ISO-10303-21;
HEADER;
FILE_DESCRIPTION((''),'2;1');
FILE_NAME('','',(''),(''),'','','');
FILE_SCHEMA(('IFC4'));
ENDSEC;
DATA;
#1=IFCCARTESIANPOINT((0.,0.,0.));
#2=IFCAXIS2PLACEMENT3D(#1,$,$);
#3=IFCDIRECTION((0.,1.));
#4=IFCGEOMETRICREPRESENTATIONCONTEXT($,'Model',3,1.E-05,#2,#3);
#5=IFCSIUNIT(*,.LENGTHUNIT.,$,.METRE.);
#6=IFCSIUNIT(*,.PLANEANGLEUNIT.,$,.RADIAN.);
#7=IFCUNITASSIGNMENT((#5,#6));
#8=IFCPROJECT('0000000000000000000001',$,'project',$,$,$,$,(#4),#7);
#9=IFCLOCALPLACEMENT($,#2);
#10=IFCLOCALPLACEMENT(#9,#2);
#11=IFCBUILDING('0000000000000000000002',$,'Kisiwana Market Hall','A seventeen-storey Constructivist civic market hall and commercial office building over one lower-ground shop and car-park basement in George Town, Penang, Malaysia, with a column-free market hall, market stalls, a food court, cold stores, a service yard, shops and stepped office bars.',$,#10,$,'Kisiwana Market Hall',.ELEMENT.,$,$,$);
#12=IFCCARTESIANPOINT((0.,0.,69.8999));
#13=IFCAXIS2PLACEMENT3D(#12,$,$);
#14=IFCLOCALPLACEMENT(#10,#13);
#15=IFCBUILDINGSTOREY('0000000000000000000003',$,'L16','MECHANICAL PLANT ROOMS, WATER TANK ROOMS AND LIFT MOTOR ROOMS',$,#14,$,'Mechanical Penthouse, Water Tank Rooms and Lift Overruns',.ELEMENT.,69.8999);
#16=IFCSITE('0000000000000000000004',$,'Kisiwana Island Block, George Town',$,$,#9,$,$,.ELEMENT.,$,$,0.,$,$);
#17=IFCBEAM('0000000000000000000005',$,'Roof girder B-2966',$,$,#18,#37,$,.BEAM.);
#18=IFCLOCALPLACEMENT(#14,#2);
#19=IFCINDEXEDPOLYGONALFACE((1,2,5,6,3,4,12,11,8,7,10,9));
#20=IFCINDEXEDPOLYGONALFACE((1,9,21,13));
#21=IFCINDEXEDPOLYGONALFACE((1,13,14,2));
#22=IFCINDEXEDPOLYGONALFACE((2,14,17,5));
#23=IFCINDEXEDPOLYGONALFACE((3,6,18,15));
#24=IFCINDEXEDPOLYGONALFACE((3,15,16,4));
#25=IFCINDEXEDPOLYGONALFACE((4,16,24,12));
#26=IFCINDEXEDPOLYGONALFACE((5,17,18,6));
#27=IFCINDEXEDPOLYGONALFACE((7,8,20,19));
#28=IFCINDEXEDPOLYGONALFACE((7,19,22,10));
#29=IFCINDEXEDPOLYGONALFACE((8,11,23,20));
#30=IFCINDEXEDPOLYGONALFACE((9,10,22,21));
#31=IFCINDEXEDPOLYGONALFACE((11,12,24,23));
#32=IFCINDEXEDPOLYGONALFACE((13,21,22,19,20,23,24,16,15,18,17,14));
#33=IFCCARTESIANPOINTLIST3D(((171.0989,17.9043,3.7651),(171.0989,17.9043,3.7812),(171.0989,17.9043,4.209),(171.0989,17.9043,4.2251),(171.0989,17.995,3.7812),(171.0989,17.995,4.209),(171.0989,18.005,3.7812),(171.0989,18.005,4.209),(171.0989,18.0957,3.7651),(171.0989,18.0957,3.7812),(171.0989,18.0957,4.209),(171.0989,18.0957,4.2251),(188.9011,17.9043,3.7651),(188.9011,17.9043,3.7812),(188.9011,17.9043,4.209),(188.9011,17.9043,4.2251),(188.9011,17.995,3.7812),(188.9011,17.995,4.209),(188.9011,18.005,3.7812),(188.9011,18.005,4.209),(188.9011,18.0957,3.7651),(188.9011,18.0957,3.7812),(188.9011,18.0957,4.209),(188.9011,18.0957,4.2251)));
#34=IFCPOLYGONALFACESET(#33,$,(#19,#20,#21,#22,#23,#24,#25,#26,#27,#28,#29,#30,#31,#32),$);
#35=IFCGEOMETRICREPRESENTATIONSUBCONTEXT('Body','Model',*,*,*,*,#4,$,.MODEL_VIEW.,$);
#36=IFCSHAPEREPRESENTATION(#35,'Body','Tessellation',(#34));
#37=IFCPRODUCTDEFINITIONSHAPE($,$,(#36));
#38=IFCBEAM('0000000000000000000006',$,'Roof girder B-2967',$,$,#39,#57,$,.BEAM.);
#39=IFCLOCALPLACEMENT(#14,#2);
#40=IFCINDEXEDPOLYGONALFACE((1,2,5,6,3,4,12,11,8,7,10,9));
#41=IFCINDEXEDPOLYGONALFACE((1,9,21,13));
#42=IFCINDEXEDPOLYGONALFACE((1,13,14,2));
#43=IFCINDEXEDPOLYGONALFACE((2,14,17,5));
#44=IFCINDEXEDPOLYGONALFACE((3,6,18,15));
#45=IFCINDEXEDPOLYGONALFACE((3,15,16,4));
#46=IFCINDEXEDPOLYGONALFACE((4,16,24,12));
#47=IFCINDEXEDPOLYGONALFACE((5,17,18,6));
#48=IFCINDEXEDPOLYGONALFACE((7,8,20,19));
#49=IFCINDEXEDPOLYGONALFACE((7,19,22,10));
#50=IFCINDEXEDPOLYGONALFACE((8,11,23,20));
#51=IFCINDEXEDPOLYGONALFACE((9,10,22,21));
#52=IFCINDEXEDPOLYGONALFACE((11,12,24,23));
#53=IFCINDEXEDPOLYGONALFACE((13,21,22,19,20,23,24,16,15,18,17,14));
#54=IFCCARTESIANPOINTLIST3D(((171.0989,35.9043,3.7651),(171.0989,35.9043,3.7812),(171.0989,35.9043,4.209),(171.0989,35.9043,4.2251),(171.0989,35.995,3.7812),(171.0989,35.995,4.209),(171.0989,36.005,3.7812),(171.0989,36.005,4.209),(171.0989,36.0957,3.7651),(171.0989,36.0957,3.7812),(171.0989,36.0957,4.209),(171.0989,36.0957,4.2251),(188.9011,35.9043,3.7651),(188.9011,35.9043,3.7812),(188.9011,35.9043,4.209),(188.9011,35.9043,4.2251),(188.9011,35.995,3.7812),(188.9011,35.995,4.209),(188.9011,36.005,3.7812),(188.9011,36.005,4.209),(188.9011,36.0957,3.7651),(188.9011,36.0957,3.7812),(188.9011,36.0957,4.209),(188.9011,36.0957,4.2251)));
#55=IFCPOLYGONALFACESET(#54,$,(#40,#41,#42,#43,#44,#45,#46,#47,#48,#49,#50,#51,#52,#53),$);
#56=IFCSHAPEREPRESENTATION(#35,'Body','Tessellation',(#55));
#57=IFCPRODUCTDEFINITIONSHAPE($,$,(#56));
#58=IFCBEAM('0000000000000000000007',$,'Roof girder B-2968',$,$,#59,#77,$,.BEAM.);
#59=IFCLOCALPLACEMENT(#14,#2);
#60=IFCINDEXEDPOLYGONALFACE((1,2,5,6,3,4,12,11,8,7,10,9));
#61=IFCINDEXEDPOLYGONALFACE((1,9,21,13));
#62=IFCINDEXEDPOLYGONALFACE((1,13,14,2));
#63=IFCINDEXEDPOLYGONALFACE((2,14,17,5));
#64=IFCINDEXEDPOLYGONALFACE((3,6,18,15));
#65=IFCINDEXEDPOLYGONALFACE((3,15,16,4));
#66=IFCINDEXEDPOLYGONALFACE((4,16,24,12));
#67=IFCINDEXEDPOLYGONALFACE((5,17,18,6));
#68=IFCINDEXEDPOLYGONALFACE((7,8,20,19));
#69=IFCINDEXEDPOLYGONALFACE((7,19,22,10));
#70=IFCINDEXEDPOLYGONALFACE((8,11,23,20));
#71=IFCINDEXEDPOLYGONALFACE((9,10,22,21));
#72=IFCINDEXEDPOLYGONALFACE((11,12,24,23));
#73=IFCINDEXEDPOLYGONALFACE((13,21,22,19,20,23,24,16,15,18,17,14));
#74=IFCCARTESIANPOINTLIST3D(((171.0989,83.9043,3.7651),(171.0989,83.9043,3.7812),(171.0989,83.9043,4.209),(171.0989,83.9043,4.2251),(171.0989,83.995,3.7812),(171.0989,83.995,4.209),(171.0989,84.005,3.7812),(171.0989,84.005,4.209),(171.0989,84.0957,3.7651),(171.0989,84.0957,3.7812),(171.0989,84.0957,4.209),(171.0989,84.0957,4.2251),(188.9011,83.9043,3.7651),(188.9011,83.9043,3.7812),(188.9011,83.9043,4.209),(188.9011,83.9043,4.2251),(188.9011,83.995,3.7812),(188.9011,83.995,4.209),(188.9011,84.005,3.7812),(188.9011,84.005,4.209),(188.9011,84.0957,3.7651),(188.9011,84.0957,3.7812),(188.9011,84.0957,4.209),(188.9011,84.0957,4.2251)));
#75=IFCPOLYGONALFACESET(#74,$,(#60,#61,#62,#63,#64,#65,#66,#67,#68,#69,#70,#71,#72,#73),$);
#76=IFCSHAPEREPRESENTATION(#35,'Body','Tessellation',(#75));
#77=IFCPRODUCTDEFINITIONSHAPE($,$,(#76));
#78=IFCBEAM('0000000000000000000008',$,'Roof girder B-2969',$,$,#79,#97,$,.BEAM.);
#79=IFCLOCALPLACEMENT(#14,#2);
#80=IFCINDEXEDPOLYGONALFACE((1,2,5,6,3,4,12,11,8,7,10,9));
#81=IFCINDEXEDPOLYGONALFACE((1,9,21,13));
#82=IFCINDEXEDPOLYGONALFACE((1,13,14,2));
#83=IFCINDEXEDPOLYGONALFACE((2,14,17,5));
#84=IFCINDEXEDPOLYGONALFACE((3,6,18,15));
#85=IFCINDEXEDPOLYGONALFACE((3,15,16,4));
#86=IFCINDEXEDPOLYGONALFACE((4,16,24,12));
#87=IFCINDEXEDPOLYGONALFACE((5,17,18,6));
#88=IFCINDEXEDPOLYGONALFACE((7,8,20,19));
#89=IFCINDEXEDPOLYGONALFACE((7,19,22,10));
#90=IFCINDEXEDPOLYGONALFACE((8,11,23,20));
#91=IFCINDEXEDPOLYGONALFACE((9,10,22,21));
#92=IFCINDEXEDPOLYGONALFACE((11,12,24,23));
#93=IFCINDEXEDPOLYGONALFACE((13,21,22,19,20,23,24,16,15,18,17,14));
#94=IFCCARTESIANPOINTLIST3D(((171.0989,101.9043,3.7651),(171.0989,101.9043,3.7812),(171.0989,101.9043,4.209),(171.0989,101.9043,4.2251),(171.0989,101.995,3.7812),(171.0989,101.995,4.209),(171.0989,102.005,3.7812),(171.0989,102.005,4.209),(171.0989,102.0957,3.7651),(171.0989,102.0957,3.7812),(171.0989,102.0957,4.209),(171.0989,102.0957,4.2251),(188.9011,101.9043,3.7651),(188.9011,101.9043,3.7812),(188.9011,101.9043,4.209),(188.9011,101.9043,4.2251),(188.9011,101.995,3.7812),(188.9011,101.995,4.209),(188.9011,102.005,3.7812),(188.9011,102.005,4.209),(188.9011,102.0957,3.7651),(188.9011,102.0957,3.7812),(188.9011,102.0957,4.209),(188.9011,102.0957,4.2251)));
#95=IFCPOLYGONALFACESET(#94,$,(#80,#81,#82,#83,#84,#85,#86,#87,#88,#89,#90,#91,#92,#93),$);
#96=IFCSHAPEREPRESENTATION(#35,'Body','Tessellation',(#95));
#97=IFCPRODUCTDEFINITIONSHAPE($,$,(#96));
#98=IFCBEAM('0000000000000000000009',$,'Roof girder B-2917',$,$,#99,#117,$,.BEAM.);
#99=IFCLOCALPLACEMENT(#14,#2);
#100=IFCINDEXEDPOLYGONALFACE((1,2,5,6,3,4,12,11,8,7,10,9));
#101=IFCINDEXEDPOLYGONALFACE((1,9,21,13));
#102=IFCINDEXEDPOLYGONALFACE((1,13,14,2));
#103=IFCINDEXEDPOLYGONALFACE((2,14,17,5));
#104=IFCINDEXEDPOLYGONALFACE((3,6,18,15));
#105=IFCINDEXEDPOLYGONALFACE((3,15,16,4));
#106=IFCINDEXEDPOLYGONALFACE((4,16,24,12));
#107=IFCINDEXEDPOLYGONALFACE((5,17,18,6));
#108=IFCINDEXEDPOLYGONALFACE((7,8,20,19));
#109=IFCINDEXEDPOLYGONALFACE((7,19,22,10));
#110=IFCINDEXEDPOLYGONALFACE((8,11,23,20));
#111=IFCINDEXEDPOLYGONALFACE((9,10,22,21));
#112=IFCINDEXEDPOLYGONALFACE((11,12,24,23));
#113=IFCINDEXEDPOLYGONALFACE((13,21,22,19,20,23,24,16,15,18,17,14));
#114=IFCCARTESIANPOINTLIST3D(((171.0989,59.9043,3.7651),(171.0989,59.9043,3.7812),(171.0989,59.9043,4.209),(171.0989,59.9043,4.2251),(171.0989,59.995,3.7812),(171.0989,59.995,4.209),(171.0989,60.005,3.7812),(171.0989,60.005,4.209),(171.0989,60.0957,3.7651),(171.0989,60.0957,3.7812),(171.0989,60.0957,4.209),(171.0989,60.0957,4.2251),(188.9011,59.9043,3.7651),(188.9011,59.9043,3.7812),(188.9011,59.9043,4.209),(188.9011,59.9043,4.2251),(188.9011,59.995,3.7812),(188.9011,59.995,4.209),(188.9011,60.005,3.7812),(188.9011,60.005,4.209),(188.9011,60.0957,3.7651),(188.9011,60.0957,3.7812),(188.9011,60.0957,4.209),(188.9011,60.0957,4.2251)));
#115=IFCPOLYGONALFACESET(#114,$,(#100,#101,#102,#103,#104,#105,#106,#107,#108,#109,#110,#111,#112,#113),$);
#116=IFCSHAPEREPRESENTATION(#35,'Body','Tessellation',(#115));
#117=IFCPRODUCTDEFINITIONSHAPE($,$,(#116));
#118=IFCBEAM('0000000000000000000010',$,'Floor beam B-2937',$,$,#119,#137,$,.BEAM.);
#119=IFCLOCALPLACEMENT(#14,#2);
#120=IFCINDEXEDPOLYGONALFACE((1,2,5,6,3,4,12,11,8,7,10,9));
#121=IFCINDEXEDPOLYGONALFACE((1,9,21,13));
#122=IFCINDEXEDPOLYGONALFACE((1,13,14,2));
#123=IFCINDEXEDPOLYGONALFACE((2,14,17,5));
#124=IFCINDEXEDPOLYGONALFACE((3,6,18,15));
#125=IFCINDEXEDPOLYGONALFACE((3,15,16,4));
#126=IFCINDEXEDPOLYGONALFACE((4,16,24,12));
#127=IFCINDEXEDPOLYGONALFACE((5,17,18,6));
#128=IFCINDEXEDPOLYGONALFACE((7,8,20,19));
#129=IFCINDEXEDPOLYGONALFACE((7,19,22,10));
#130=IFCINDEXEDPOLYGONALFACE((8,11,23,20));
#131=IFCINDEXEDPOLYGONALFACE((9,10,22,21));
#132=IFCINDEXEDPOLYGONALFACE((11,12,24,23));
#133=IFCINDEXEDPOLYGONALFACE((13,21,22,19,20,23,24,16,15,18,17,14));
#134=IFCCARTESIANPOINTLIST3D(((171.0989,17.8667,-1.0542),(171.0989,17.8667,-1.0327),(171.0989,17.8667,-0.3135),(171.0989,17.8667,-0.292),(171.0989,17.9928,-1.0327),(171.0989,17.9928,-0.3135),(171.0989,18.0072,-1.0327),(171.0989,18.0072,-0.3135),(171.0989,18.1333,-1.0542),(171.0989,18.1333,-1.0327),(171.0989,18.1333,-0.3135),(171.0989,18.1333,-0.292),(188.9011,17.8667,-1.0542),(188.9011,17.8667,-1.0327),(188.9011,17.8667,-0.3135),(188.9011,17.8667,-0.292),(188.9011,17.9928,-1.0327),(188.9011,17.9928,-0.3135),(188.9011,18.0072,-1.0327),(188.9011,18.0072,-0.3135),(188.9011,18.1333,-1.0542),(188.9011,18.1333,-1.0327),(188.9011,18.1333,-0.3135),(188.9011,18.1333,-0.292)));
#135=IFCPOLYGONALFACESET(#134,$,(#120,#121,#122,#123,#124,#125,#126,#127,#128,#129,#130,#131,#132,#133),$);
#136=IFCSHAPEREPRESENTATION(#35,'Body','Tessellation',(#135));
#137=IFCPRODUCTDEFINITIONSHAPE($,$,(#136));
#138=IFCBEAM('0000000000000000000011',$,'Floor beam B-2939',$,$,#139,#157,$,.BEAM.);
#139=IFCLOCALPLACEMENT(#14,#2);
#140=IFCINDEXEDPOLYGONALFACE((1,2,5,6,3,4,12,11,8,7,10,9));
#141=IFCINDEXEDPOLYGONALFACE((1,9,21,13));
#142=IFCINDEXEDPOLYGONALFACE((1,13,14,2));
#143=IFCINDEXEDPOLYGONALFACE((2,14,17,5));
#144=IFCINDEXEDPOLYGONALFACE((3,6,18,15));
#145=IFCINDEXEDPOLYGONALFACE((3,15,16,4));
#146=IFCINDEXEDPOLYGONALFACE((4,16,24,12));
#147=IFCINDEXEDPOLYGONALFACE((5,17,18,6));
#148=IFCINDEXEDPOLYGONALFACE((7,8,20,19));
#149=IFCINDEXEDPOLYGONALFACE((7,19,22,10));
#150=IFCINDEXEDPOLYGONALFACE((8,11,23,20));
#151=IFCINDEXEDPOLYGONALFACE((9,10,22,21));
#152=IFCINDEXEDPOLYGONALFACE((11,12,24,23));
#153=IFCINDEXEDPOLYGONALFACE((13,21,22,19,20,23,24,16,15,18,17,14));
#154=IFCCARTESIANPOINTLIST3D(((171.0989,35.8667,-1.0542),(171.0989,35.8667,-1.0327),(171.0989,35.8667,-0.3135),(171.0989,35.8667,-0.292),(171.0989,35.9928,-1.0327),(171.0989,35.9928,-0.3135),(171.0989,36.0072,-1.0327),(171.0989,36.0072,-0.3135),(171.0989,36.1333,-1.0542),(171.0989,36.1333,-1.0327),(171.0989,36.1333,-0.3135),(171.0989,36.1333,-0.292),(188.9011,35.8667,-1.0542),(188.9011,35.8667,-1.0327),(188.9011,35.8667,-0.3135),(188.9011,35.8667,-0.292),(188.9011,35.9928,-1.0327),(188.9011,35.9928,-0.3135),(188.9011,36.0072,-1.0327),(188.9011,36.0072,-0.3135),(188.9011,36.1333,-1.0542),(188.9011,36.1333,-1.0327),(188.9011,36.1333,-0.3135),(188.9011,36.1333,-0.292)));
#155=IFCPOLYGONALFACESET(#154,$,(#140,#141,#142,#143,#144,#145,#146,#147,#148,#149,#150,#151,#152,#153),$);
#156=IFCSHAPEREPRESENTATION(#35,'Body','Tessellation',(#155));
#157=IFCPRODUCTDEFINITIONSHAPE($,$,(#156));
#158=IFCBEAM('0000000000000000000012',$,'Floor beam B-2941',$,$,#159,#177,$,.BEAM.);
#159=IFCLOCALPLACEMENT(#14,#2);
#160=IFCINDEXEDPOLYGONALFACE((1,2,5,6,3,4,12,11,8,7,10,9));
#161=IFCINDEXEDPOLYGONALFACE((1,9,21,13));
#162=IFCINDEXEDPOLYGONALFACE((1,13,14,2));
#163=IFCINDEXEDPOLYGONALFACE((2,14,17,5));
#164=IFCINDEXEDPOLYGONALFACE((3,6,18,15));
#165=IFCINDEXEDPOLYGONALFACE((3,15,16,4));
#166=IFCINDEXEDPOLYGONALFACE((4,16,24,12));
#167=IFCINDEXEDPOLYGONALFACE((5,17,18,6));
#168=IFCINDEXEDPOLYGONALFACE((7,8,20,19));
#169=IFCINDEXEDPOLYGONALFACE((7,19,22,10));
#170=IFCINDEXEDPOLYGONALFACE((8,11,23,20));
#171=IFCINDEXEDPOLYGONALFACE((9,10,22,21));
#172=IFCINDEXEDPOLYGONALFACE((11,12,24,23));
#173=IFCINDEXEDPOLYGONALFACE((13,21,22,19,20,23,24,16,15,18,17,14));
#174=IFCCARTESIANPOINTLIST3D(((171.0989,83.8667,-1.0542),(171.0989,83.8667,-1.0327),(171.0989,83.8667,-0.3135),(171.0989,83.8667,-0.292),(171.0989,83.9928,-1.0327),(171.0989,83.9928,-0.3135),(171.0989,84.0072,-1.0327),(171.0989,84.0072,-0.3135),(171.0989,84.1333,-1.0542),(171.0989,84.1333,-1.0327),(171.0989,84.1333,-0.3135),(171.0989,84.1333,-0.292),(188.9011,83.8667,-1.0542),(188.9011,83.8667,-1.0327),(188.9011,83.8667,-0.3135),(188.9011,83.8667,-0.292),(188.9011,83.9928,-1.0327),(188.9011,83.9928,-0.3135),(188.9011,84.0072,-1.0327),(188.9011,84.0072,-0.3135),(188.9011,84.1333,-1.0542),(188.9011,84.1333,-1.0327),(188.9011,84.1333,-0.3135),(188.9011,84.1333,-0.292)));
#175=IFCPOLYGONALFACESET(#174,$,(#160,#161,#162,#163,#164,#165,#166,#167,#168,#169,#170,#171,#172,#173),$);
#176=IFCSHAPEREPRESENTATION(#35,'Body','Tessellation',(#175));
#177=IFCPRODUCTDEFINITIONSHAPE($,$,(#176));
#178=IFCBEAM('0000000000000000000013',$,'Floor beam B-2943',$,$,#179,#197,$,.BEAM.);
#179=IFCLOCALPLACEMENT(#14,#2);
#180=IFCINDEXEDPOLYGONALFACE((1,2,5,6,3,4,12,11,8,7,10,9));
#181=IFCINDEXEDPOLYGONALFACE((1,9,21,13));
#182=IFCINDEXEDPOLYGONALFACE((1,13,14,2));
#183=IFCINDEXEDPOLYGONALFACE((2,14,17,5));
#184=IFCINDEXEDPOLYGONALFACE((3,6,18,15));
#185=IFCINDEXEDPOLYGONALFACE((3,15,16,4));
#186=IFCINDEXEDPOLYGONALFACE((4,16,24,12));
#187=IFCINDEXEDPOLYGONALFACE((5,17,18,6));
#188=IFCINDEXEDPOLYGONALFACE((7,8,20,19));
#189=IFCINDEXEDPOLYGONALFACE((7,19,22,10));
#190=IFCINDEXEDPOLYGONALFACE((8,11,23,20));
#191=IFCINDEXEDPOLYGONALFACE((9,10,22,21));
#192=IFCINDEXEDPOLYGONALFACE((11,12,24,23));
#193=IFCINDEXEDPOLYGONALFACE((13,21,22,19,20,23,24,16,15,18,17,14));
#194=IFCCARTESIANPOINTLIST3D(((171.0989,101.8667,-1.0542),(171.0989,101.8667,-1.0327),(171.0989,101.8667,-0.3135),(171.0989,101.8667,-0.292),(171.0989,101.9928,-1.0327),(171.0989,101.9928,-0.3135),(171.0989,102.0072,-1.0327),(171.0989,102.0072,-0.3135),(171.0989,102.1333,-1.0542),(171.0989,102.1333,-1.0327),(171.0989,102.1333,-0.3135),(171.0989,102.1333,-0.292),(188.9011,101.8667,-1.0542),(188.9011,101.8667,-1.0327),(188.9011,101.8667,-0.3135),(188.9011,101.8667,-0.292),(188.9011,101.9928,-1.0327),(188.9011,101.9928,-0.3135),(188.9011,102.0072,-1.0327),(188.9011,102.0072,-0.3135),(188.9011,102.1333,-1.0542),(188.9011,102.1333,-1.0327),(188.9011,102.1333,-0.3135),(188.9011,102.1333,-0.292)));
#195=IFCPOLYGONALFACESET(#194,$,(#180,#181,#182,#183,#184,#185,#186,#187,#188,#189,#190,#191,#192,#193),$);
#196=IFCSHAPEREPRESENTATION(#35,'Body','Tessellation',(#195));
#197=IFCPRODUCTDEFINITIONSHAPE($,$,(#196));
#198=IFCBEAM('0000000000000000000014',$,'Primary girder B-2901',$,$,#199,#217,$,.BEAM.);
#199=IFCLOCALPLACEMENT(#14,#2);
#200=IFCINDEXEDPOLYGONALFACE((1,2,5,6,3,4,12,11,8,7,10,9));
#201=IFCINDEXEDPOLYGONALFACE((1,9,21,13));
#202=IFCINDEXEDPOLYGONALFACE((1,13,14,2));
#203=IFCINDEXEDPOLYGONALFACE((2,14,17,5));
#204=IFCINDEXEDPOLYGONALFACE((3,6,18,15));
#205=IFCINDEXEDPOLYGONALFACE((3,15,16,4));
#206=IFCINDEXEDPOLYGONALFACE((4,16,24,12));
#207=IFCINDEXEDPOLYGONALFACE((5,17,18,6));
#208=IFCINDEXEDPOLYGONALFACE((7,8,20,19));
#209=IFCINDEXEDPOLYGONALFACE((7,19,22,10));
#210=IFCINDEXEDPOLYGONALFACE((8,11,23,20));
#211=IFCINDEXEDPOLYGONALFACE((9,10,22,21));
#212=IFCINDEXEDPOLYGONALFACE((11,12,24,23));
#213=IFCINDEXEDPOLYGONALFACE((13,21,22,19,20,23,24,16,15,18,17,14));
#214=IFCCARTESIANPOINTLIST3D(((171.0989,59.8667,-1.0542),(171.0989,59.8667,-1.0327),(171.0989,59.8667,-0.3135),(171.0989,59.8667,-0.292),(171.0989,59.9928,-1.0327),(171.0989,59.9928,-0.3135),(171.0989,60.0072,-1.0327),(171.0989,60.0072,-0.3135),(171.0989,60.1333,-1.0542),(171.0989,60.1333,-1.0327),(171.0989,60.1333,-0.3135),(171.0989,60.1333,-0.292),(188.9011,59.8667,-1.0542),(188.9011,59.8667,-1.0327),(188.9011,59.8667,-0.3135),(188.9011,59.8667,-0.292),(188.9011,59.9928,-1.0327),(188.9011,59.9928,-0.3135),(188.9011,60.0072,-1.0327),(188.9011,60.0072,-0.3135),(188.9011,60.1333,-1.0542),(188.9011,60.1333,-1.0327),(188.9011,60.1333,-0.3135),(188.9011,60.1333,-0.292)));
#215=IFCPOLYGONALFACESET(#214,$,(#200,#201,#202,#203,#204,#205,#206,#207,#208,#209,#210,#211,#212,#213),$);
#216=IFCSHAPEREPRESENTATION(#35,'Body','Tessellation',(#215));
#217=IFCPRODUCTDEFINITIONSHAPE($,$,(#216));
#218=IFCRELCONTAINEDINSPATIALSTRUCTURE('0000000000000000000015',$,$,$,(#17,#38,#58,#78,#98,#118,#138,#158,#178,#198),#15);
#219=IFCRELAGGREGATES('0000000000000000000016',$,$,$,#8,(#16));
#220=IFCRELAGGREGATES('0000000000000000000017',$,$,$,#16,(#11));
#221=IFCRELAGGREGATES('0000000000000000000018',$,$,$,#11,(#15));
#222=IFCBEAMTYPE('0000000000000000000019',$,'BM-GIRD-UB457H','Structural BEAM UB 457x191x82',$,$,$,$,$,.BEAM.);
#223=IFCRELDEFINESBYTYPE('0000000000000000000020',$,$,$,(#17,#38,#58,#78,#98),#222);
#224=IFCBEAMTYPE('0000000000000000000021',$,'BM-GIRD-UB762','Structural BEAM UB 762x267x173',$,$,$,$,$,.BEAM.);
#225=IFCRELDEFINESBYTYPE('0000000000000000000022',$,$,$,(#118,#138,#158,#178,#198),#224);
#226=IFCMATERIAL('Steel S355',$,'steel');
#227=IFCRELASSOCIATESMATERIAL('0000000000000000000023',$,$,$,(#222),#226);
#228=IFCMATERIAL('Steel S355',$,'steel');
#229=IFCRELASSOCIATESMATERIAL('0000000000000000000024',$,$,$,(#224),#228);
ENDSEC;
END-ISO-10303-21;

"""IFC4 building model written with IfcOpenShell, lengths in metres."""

from ifc_helpers import new_model, si_unit, direction, frame, origin, origin_2d, place, context, subcontext, project, spatial, i_section, extrude, material, material_profile, profile_set, type_object, element, save


model = new_model("IFC4")

# Units and contexts
model_context = context("Model", 3, precision=1e-05, world=origin(), true_north=direction((0.0, 1.0)))
body_context = subcontext(model_context, "Body", "Model", "MODEL_VIEW")
ifc_project = project(units=[si_unit("LENGTHUNIT", "METRE"), si_unit("PLANEANGLEUNIT", "RADIAN")], contexts=[model_context])

# Site, building, storey
site_placement = place(None, origin())
site = spatial("IfcSite", under=ifc_project, at=site_placement, Name="Kisiwana Island Block, George Town", CompositionType="ELEMENT", RefElevation=0.0)
building_placement = place(site_placement, origin())
building = spatial("IfcBuilding", under=site, at=building_placement, Name="Kisiwana Market Hall", Description="A seventeen-storey Constructivist civic market hall and commercial office building over one lower-ground shop and car-park basement in George Town, Penang, Malaysia, with a column-free market hall, market stalls, a food court, cold stores, a service yard, shops and stepped office bars.", LongName="Kisiwana Market Hall", CompositionType="ELEMENT")
storey_placement = place(building_placement, frame((0.0, 0.0, 69.8999)))
storey = spatial("IfcBuildingStorey", under=building, at=storey_placement, Name="L16", Description="MECHANICAL PLANT ROOMS, WATER TANK ROOMS AND LIFT MOTOR ROOMS", LongName="Mechanical Penthouse, Water Tank Rooms and Lift Overruns", CompositionType="ELEMENT", Elevation=69.8999)

# Beams
ifc_material_1 = material(Name="Steel S355", Category="steel")
ifc_material_profile_1 = material_profile(ifc_material_1, i_section(OverallWidth=0.1914, OverallDepth=0.46, WebThickness=0.01, FlangeThickness=0.0161, at=origin_2d()), Name="UB 457x191x82")
ifc_profile_set_1 = profile_set([ifc_material_profile_1], Name="Steel S355")
beam_type_1 = type_object("IfcBeamType", Name="BM-GIRD-UB457H", Description="Structural BEAM UB 457x191x82", PredefinedType="BEAM", material=ifc_profile_set_1)
for number, where, z_axis, x_axis, name in (
    (1, (171.0989, 18.0, 3.9951), (1.0, 0.0, 0.0), (0.0, 1.0, 0.0), "Roof girder B-2966"),
    (2, (171.0989, 36.0, 3.9951), (1.0, 0.0, 0.0), (0.0, 1.0, 0.0), "Roof girder B-2967"),
    (3, (171.0989, 84.0, 3.9951), (1.0, 0.0, 0.0), (0.0, 1.0, 0.0), "Roof girder B-2968"),
    (4, (171.0989, 102.0, 3.9951), (1.0, 0.0, 0.0), (0.0, 1.0, 0.0), "Roof girder B-2969"),
    (5, (171.0989, 60.0, 3.9951), (1.0, 0.0, 0.0), (0.0, 1.0, 0.0), "Roof girder B-2917"),
):
    element("IfcBeam", number, at=place(storey_placement, frame(where, z_axis=z_axis, x_axis=x_axis)), inside=storey, type_object=beam_type_1, Name=name, PredefinedType="BEAM", context=body_context, shape_type="SweptSolid", body=[
        extrude(i_section(OverallWidth=0.1914, OverallDepth=0.46, WebThickness=0.01, FlangeThickness=0.0161, at=origin_2d()), origin(), (0.0, 0.0, 1.0), 17.8022),
    ])
ifc_material_2 = material(Name="Steel S355", Category="steel")
ifc_material_profile_2 = material_profile(ifc_material_2, i_section(OverallWidth=0.2666, OverallDepth=0.7622, WebThickness=0.0144, FlangeThickness=0.0215, at=origin_2d()), Name="UB 762x267x173")
ifc_profile_set_2 = profile_set([ifc_material_profile_2], Name="Steel S355")
beam_type_2 = type_object("IfcBeamType", Name="BM-GIRD-UB762", Description="Structural BEAM UB 762x267x173", PredefinedType="BEAM", material=ifc_profile_set_2)
for number, where, z_axis, x_axis, name in (
    (6, (171.0989, 18.0, -0.6731), (1.0, 0.0, 0.0), (0.0, 1.0, 0.0), "Floor beam B-2937"),
    (7, (171.0989, 36.0, -0.6731), (1.0, 0.0, 0.0), (0.0, 1.0, 0.0), "Floor beam B-2939"),
    (8, (171.0989, 84.0, -0.6731), (1.0, 0.0, 0.0), (0.0, 1.0, 0.0), "Floor beam B-2941"),
    (9, (171.0989, 102.0, -0.6731), (1.0, 0.0, 0.0), (0.0, 1.0, 0.0), "Floor beam B-2943"),
    (10, (171.0989, 60.0, -0.6731), (1.0, 0.0, 0.0), (0.0, 1.0, 0.0), "Primary girder B-2901"),
):
    element("IfcBeam", number, at=place(storey_placement, frame(where, z_axis=z_axis, x_axis=x_axis)), inside=storey, type_object=beam_type_2, Name=name, PredefinedType="BEAM", context=body_context, shape_type="SweptSolid", body=[
        extrude(i_section(OverallWidth=0.2666, OverallDepth=0.7622, WebThickness=0.0144, FlangeThickness=0.0215, at=origin_2d()), origin(), (0.0, 0.0, 1.0), 17.8022),
    ])

save(model, "model.ifc")
